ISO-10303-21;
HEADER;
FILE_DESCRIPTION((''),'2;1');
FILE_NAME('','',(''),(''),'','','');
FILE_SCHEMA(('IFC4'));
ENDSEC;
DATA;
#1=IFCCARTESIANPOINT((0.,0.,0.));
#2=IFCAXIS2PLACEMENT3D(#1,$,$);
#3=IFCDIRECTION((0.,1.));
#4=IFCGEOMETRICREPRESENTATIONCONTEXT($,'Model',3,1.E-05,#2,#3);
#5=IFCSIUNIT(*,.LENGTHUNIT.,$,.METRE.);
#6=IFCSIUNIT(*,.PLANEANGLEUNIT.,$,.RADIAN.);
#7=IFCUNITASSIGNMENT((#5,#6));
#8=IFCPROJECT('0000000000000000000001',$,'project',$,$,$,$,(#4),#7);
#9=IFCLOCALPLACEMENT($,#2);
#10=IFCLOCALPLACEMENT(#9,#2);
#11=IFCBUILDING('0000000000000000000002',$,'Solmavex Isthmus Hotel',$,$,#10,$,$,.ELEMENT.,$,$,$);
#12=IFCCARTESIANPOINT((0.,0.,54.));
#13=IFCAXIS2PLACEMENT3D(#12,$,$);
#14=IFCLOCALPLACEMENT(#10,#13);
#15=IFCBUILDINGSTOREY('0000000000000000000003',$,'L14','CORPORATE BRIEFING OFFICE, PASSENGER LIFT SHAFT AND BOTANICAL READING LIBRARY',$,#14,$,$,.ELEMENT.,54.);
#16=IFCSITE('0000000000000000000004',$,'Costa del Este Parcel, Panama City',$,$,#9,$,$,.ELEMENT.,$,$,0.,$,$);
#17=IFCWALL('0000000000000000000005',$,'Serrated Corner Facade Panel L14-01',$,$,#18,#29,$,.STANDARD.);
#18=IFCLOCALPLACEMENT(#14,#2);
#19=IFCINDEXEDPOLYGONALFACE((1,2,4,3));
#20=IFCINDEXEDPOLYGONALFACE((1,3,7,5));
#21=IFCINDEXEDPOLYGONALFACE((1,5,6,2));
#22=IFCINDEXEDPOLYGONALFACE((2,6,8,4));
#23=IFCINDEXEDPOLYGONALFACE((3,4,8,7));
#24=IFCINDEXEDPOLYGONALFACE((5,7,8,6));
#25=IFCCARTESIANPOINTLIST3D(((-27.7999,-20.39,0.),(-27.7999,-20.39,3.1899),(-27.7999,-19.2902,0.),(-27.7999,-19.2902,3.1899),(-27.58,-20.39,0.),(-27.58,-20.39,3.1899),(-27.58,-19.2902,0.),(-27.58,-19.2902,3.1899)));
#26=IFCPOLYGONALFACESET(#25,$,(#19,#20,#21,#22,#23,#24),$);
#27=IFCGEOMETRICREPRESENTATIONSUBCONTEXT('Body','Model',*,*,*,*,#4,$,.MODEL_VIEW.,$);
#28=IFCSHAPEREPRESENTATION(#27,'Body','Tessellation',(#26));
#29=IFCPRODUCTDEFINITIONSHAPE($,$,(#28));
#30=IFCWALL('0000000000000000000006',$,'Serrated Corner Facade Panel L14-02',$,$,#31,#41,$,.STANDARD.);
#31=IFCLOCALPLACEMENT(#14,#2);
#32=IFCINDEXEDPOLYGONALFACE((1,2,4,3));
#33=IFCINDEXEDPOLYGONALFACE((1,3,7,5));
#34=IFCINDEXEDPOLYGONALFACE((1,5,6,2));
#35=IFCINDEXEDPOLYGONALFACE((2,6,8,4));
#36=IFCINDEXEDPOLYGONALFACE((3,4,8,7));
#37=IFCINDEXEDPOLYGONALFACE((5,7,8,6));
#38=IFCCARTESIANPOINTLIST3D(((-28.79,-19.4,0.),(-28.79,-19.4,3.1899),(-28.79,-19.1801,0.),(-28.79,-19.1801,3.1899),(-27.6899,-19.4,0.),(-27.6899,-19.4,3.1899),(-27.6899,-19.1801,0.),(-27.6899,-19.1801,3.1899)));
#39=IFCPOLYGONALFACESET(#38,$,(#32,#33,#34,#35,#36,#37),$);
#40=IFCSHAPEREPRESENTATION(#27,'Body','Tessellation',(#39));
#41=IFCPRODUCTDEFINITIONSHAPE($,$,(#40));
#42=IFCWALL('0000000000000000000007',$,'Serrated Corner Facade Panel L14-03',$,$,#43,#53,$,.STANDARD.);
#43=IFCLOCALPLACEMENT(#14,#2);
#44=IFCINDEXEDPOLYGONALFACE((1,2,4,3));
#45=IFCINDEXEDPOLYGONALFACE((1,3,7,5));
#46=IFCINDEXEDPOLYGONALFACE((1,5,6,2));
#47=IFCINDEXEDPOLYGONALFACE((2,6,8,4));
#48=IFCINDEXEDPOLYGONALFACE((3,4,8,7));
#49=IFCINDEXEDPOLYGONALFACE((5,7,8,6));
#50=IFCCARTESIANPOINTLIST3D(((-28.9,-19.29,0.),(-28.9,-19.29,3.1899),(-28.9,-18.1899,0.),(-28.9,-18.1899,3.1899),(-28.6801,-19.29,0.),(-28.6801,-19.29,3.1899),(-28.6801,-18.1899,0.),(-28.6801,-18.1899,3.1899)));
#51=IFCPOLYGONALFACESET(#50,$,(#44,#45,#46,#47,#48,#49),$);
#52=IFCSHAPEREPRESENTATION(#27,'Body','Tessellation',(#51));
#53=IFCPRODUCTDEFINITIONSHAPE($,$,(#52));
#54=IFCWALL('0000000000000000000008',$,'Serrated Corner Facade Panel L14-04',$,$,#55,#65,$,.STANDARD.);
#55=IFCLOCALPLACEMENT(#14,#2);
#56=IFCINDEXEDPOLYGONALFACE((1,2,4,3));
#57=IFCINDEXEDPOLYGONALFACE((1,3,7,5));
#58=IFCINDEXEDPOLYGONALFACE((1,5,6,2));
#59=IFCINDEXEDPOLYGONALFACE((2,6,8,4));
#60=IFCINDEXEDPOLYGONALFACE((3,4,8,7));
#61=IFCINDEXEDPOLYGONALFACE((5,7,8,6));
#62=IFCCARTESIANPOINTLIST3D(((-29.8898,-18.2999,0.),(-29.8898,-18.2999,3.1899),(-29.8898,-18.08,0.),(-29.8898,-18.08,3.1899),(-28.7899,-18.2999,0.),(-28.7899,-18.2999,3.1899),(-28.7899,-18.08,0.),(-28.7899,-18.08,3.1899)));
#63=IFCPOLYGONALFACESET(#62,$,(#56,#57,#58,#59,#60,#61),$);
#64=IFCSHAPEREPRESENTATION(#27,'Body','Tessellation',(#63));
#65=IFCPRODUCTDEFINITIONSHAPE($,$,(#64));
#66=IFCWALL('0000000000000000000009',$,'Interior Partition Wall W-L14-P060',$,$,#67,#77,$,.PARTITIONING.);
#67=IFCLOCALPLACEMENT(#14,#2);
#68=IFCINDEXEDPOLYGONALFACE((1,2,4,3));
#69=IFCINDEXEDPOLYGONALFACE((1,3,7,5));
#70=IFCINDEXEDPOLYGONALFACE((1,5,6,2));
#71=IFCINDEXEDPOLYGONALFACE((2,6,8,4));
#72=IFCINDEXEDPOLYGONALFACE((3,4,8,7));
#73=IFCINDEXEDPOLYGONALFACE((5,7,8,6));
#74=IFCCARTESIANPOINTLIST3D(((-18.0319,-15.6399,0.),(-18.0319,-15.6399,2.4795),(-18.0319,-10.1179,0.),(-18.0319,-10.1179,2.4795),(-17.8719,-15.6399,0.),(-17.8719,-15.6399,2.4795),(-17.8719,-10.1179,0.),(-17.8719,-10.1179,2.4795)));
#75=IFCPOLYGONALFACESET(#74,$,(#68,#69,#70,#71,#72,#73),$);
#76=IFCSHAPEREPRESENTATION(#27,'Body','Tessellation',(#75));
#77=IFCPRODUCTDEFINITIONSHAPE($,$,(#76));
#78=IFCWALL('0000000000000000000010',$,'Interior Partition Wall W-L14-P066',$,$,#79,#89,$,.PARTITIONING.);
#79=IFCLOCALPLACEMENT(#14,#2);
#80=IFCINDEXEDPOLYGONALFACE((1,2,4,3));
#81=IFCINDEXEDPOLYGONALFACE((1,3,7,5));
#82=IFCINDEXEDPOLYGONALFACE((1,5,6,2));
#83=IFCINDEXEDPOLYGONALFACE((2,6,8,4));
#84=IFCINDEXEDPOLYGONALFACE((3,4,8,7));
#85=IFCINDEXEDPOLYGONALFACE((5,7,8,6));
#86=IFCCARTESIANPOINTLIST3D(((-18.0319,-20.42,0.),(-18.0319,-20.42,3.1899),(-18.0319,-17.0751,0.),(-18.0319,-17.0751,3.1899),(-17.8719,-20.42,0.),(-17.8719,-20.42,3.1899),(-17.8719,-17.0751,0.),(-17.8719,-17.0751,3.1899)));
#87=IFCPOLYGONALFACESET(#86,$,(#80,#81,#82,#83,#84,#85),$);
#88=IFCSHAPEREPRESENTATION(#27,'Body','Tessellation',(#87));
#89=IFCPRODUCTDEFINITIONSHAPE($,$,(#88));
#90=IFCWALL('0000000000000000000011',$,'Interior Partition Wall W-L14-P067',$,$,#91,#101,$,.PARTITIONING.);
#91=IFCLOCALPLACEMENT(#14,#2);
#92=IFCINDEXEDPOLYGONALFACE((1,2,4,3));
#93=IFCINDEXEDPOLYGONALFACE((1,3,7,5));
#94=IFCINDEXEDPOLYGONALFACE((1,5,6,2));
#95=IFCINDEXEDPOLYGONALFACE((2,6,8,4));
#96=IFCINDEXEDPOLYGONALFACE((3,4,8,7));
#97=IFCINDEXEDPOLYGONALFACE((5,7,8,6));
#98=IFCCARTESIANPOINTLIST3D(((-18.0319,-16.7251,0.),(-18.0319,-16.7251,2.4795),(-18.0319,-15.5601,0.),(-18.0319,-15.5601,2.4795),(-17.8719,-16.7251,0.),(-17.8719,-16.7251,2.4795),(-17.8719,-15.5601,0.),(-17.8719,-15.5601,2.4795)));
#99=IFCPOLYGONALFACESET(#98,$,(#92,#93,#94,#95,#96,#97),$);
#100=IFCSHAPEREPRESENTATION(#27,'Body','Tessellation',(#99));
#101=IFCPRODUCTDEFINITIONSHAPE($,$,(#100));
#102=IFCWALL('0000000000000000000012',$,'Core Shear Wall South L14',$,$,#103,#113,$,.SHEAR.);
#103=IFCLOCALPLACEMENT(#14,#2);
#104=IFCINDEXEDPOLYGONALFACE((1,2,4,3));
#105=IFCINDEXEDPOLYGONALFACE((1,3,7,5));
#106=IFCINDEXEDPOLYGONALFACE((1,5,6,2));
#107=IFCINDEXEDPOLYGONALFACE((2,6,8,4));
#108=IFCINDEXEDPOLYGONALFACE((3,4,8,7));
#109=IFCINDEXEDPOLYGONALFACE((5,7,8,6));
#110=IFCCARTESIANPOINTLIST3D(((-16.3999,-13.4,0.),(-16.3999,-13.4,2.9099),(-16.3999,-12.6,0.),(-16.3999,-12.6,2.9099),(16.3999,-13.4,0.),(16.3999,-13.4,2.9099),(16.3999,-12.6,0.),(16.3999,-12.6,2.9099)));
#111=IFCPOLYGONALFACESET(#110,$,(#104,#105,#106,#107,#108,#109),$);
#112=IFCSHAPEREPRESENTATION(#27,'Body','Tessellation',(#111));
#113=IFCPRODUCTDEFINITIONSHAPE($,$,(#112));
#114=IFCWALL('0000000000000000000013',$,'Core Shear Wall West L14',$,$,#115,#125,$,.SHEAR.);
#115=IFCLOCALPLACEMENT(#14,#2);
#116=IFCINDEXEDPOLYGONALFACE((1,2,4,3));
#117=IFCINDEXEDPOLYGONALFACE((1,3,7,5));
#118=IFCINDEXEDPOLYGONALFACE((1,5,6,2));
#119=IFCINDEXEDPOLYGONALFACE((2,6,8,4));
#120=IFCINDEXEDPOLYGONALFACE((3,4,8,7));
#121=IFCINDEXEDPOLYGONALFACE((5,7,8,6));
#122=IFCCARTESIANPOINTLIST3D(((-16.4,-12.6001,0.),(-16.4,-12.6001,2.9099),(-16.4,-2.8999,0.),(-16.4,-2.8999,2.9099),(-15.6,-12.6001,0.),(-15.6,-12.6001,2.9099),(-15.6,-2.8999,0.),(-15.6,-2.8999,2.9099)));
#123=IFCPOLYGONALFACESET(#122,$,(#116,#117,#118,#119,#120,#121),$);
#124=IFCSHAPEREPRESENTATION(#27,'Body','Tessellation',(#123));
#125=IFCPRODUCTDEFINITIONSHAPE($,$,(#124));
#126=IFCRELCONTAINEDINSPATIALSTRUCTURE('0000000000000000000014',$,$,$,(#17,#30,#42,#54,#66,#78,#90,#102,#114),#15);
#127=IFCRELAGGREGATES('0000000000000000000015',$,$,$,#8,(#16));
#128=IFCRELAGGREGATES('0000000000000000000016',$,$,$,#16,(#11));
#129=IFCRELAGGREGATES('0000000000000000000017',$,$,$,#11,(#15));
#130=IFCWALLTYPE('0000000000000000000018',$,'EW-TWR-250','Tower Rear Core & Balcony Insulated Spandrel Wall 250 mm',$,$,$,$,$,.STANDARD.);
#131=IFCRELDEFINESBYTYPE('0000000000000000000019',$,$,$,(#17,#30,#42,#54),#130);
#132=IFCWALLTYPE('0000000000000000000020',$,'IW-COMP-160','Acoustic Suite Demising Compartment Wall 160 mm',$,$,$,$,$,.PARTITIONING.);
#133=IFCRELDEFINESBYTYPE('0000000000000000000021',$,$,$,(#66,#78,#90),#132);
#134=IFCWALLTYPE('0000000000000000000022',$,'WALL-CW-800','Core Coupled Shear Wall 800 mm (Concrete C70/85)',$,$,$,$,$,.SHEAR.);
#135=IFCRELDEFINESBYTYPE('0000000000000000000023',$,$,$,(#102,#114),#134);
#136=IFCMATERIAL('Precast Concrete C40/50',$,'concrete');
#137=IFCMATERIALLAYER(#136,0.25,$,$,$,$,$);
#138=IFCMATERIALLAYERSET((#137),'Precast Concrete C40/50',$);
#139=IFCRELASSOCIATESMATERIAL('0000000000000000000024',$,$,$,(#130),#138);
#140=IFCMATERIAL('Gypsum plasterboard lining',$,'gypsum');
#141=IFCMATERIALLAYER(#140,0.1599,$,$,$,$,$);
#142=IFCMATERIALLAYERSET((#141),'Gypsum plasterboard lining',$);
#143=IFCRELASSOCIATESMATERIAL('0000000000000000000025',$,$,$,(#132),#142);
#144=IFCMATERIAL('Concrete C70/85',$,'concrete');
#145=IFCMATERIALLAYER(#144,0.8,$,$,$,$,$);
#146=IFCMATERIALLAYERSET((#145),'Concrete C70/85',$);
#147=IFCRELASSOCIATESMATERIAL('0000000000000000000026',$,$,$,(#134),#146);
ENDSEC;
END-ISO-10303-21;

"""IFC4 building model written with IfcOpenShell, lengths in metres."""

from ifc_helpers import new_model, si_unit, direction, frame, frame_2d, origin, place, context, subcontext, project, spatial, rectangle, extrude, material, layer, layer_set, type_object, element, save


model = new_model("IFC4")

# Units and contexts
model_context = context("Model", 3, precision=1e-05, world=origin(), true_north=direction((0.0, 1.0)))
body_context = subcontext(model_context, "Body", "Model", "MODEL_VIEW")
ifc_project = project(units=[si_unit("LENGTHUNIT", "METRE"), si_unit("PLANEANGLEUNIT", "RADIAN")], contexts=[model_context])

# Site, building, storey
site_placement = place(None, origin())
site = spatial("IfcSite", under=ifc_project, at=site_placement, Name="Costa del Este Parcel, Panama City", CompositionType="ELEMENT", RefElevation=0.0)
building_placement = place(site_placement, origin())
building = spatial("IfcBuilding", under=site, at=building_placement, Name="Solmavex Isthmus Hotel", CompositionType="ELEMENT")
storey_placement = place(building_placement, frame((0.0, 0.0, 54.0)))
storey = spatial("IfcBuildingStorey", under=building, at=storey_placement, Name="L14", Description="CORPORATE BRIEFING OFFICE, PASSENGER LIFT SHAFT AND BOTANICAL READING LIBRARY", CompositionType="ELEMENT", Elevation=54.0)

# Shared definitions
ifc_material_1 = material(Name="Concrete C70/85", Category="concrete")

# Shared definitions
ifc_material_2 = material(Name="Precast Concrete C40/50", Category="concrete")
ifc_layer_1 = layer(ifc_material_2, 0.25)
ifc_layer_set_1 = layer_set([ifc_layer_1], Name="Precast Concrete C40/50")
wall_type_1 = type_object("IfcWallType", Name="EW-TWR-250", Description="Tower Rear Core & Balcony Insulated Spandrel Wall 250 mm", PredefinedType="STANDARD", material=ifc_layer_set_1)

# Walls
wall_1_placement = place(storey_placement, frame((-27.6899, -20.3899, 0.0), z_axis=(0.0, 0.0, 1.0), x_axis=(0.0, 1.0, 0.0)))
element("IfcWall", 1, at=wall_1_placement, inside=storey, type_object=wall_type_1, Name="Serrated Corner Facade Panel L14-01", PredefinedType="STANDARD", context=body_context, shape_type="SweptSolid", body=[
    extrude(rectangle(XDim=1.0999, YDim=0.22, at=frame_2d((0.5498, 0.0))), origin(), (0.0, 0.0, 1.0), 3.1899),
])
for number, where, z_axis, x_axis, name in (
    (2, (-27.6899, -19.29, 0.0), (0.0, 0.0, 1.0), (-1.0, 0.0, 0.0), "Serrated Corner Facade Panel L14-02"),
    (3, (-28.79, -19.29, 0.0), (0.0, 0.0, 1.0), (0.0, 1.0, 0.0), "Serrated Corner Facade Panel L14-03"),
):
    element("IfcWall", number, at=place(storey_placement, frame(where, z_axis=z_axis, x_axis=x_axis)), inside=storey, type_object=wall_type_1, Name=name, PredefinedType="STANDARD", context=body_context, shape_type="SweptSolid", body=[
        extrude(rectangle(XDim=1.1001, YDim=0.22, at=frame_2d((0.55, 0.0))), origin(), (0.0, 0.0, 1.0), 3.1899),
    ])
wall_2_placement = place(storey_placement, frame((-28.79, -18.1899, 0.0), z_axis=(0.0, 0.0, 1.0), x_axis=(-1.0, 0.0, 0.0)))
element("IfcWall", 4, at=wall_2_placement, inside=storey, type_object=wall_type_1, Name="Serrated Corner Facade Panel L14-04", PredefinedType="STANDARD", context=body_context, shape_type="SweptSolid", body=[
    extrude(rectangle(XDim=1.0999, YDim=0.22, at=frame_2d((0.5498, 0.0))), origin(), (0.0, 0.0, 1.0), 3.1899),
])
ifc_material_3 = material(Name="Gypsum plasterboard lining", Category="gypsum")
ifc_layer_2 = layer(ifc_material_3, 0.1599)
ifc_layer_set_2 = layer_set([ifc_layer_2], Name="Gypsum plasterboard lining")
wall_type_2 = type_object("IfcWallType", Name="IW-COMP-160", Description="Acoustic Suite Demising Compartment Wall 160 mm", PredefinedType="PARTITIONING", material=ifc_layer_set_2)
wall_3_placement = place(storey_placement, frame((-17.9519, -15.6399, 0.0), z_axis=(0.0, 0.0, 1.0), x_axis=(0.0, 1.0, 0.0)))
element("IfcWall", 5, at=wall_3_placement, inside=storey, type_object=wall_type_2, Name="Interior Partition Wall W-L14-P060", PredefinedType="PARTITIONING", context=body_context, shape_type="SweptSolid", body=[
    extrude(rectangle(XDim=5.522, YDim=0.1599, at=frame_2d((2.761, 0.0))), origin(), (0.0, 0.0, 1.0), 2.4795),
])
wall_4_placement = place(storey_placement, frame((-17.9519, -20.4199, 0.0), z_axis=(0.0, 0.0, 1.0), x_axis=(0.0, 1.0, 0.0)))
element("IfcWall", 6, at=wall_4_placement, inside=storey, type_object=wall_type_2, Name="Interior Partition Wall W-L14-P066", PredefinedType="PARTITIONING", context=body_context, shape_type="SweptSolid", body=[
    extrude(rectangle(XDim=3.345, YDim=0.1599, at=frame_2d((1.6724, 0.0))), origin(), (0.0, 0.0, 1.0), 3.1899),
])
wall_5_placement = place(storey_placement, frame((-17.9519, -16.7251, 0.0), z_axis=(0.0, 0.0, 1.0), x_axis=(0.0, 1.0, 0.0)))
element("IfcWall", 7, at=wall_5_placement, inside=storey, type_object=wall_type_2, Name="Interior Partition Wall W-L14-P067", PredefinedType="PARTITIONING", context=body_context, shape_type="SweptSolid", body=[
    extrude(rectangle(XDim=1.165, YDim=0.1599, at=frame_2d((0.5825, 0.0))), origin(), (0.0, 0.0, 1.0), 2.4795),
])
ifc_layer_3 = layer(ifc_material_1, 0.8)
ifc_layer_set_3 = layer_set([ifc_layer_3], Name="Concrete C70/85")
wall_type_3 = type_object("IfcWallType", Name="WALL-CW-800", Description="Core Coupled Shear Wall 800 mm (Concrete C70/85)", PredefinedType="SHEAR", material=ifc_layer_set_3)
wall_6_placement = place(storey_placement, frame((-16.3999, -13.0, 0.0), z_axis=(0.0, 0.0, 1.0), x_axis=(1.0, 0.0, 0.0)))
element("IfcWall", 8, at=wall_6_placement, inside=storey, type_object=wall_type_3, Name="Core Shear Wall South L14", PredefinedType="SHEAR", context=body_context, shape_type="SweptSolid", body=[
    extrude(rectangle(XDim=32.7998, YDim=0.8, at=frame_2d((16.3999, 0.0))), origin(), (0.0, 0.0, 1.0), 2.9099),
])
wall_7_placement = place(storey_placement, frame((-16.0, -12.6001, 0.0), z_axis=(0.0, 0.0, 1.0), x_axis=(0.0, 1.0, 0.0)))
element("IfcWall", 9, at=wall_7_placement, inside=storey, type_object=wall_type_3, Name="Core Shear Wall West L14", PredefinedType="SHEAR", context=body_context, shape_type="SweptSolid", body=[
    extrude(rectangle(XDim=9.7002, YDim=0.8, at=frame_2d((4.8501, 0.0))), origin(), (0.0, 0.0, 1.0), 2.9099),
])

save(model, "model.ifc")
